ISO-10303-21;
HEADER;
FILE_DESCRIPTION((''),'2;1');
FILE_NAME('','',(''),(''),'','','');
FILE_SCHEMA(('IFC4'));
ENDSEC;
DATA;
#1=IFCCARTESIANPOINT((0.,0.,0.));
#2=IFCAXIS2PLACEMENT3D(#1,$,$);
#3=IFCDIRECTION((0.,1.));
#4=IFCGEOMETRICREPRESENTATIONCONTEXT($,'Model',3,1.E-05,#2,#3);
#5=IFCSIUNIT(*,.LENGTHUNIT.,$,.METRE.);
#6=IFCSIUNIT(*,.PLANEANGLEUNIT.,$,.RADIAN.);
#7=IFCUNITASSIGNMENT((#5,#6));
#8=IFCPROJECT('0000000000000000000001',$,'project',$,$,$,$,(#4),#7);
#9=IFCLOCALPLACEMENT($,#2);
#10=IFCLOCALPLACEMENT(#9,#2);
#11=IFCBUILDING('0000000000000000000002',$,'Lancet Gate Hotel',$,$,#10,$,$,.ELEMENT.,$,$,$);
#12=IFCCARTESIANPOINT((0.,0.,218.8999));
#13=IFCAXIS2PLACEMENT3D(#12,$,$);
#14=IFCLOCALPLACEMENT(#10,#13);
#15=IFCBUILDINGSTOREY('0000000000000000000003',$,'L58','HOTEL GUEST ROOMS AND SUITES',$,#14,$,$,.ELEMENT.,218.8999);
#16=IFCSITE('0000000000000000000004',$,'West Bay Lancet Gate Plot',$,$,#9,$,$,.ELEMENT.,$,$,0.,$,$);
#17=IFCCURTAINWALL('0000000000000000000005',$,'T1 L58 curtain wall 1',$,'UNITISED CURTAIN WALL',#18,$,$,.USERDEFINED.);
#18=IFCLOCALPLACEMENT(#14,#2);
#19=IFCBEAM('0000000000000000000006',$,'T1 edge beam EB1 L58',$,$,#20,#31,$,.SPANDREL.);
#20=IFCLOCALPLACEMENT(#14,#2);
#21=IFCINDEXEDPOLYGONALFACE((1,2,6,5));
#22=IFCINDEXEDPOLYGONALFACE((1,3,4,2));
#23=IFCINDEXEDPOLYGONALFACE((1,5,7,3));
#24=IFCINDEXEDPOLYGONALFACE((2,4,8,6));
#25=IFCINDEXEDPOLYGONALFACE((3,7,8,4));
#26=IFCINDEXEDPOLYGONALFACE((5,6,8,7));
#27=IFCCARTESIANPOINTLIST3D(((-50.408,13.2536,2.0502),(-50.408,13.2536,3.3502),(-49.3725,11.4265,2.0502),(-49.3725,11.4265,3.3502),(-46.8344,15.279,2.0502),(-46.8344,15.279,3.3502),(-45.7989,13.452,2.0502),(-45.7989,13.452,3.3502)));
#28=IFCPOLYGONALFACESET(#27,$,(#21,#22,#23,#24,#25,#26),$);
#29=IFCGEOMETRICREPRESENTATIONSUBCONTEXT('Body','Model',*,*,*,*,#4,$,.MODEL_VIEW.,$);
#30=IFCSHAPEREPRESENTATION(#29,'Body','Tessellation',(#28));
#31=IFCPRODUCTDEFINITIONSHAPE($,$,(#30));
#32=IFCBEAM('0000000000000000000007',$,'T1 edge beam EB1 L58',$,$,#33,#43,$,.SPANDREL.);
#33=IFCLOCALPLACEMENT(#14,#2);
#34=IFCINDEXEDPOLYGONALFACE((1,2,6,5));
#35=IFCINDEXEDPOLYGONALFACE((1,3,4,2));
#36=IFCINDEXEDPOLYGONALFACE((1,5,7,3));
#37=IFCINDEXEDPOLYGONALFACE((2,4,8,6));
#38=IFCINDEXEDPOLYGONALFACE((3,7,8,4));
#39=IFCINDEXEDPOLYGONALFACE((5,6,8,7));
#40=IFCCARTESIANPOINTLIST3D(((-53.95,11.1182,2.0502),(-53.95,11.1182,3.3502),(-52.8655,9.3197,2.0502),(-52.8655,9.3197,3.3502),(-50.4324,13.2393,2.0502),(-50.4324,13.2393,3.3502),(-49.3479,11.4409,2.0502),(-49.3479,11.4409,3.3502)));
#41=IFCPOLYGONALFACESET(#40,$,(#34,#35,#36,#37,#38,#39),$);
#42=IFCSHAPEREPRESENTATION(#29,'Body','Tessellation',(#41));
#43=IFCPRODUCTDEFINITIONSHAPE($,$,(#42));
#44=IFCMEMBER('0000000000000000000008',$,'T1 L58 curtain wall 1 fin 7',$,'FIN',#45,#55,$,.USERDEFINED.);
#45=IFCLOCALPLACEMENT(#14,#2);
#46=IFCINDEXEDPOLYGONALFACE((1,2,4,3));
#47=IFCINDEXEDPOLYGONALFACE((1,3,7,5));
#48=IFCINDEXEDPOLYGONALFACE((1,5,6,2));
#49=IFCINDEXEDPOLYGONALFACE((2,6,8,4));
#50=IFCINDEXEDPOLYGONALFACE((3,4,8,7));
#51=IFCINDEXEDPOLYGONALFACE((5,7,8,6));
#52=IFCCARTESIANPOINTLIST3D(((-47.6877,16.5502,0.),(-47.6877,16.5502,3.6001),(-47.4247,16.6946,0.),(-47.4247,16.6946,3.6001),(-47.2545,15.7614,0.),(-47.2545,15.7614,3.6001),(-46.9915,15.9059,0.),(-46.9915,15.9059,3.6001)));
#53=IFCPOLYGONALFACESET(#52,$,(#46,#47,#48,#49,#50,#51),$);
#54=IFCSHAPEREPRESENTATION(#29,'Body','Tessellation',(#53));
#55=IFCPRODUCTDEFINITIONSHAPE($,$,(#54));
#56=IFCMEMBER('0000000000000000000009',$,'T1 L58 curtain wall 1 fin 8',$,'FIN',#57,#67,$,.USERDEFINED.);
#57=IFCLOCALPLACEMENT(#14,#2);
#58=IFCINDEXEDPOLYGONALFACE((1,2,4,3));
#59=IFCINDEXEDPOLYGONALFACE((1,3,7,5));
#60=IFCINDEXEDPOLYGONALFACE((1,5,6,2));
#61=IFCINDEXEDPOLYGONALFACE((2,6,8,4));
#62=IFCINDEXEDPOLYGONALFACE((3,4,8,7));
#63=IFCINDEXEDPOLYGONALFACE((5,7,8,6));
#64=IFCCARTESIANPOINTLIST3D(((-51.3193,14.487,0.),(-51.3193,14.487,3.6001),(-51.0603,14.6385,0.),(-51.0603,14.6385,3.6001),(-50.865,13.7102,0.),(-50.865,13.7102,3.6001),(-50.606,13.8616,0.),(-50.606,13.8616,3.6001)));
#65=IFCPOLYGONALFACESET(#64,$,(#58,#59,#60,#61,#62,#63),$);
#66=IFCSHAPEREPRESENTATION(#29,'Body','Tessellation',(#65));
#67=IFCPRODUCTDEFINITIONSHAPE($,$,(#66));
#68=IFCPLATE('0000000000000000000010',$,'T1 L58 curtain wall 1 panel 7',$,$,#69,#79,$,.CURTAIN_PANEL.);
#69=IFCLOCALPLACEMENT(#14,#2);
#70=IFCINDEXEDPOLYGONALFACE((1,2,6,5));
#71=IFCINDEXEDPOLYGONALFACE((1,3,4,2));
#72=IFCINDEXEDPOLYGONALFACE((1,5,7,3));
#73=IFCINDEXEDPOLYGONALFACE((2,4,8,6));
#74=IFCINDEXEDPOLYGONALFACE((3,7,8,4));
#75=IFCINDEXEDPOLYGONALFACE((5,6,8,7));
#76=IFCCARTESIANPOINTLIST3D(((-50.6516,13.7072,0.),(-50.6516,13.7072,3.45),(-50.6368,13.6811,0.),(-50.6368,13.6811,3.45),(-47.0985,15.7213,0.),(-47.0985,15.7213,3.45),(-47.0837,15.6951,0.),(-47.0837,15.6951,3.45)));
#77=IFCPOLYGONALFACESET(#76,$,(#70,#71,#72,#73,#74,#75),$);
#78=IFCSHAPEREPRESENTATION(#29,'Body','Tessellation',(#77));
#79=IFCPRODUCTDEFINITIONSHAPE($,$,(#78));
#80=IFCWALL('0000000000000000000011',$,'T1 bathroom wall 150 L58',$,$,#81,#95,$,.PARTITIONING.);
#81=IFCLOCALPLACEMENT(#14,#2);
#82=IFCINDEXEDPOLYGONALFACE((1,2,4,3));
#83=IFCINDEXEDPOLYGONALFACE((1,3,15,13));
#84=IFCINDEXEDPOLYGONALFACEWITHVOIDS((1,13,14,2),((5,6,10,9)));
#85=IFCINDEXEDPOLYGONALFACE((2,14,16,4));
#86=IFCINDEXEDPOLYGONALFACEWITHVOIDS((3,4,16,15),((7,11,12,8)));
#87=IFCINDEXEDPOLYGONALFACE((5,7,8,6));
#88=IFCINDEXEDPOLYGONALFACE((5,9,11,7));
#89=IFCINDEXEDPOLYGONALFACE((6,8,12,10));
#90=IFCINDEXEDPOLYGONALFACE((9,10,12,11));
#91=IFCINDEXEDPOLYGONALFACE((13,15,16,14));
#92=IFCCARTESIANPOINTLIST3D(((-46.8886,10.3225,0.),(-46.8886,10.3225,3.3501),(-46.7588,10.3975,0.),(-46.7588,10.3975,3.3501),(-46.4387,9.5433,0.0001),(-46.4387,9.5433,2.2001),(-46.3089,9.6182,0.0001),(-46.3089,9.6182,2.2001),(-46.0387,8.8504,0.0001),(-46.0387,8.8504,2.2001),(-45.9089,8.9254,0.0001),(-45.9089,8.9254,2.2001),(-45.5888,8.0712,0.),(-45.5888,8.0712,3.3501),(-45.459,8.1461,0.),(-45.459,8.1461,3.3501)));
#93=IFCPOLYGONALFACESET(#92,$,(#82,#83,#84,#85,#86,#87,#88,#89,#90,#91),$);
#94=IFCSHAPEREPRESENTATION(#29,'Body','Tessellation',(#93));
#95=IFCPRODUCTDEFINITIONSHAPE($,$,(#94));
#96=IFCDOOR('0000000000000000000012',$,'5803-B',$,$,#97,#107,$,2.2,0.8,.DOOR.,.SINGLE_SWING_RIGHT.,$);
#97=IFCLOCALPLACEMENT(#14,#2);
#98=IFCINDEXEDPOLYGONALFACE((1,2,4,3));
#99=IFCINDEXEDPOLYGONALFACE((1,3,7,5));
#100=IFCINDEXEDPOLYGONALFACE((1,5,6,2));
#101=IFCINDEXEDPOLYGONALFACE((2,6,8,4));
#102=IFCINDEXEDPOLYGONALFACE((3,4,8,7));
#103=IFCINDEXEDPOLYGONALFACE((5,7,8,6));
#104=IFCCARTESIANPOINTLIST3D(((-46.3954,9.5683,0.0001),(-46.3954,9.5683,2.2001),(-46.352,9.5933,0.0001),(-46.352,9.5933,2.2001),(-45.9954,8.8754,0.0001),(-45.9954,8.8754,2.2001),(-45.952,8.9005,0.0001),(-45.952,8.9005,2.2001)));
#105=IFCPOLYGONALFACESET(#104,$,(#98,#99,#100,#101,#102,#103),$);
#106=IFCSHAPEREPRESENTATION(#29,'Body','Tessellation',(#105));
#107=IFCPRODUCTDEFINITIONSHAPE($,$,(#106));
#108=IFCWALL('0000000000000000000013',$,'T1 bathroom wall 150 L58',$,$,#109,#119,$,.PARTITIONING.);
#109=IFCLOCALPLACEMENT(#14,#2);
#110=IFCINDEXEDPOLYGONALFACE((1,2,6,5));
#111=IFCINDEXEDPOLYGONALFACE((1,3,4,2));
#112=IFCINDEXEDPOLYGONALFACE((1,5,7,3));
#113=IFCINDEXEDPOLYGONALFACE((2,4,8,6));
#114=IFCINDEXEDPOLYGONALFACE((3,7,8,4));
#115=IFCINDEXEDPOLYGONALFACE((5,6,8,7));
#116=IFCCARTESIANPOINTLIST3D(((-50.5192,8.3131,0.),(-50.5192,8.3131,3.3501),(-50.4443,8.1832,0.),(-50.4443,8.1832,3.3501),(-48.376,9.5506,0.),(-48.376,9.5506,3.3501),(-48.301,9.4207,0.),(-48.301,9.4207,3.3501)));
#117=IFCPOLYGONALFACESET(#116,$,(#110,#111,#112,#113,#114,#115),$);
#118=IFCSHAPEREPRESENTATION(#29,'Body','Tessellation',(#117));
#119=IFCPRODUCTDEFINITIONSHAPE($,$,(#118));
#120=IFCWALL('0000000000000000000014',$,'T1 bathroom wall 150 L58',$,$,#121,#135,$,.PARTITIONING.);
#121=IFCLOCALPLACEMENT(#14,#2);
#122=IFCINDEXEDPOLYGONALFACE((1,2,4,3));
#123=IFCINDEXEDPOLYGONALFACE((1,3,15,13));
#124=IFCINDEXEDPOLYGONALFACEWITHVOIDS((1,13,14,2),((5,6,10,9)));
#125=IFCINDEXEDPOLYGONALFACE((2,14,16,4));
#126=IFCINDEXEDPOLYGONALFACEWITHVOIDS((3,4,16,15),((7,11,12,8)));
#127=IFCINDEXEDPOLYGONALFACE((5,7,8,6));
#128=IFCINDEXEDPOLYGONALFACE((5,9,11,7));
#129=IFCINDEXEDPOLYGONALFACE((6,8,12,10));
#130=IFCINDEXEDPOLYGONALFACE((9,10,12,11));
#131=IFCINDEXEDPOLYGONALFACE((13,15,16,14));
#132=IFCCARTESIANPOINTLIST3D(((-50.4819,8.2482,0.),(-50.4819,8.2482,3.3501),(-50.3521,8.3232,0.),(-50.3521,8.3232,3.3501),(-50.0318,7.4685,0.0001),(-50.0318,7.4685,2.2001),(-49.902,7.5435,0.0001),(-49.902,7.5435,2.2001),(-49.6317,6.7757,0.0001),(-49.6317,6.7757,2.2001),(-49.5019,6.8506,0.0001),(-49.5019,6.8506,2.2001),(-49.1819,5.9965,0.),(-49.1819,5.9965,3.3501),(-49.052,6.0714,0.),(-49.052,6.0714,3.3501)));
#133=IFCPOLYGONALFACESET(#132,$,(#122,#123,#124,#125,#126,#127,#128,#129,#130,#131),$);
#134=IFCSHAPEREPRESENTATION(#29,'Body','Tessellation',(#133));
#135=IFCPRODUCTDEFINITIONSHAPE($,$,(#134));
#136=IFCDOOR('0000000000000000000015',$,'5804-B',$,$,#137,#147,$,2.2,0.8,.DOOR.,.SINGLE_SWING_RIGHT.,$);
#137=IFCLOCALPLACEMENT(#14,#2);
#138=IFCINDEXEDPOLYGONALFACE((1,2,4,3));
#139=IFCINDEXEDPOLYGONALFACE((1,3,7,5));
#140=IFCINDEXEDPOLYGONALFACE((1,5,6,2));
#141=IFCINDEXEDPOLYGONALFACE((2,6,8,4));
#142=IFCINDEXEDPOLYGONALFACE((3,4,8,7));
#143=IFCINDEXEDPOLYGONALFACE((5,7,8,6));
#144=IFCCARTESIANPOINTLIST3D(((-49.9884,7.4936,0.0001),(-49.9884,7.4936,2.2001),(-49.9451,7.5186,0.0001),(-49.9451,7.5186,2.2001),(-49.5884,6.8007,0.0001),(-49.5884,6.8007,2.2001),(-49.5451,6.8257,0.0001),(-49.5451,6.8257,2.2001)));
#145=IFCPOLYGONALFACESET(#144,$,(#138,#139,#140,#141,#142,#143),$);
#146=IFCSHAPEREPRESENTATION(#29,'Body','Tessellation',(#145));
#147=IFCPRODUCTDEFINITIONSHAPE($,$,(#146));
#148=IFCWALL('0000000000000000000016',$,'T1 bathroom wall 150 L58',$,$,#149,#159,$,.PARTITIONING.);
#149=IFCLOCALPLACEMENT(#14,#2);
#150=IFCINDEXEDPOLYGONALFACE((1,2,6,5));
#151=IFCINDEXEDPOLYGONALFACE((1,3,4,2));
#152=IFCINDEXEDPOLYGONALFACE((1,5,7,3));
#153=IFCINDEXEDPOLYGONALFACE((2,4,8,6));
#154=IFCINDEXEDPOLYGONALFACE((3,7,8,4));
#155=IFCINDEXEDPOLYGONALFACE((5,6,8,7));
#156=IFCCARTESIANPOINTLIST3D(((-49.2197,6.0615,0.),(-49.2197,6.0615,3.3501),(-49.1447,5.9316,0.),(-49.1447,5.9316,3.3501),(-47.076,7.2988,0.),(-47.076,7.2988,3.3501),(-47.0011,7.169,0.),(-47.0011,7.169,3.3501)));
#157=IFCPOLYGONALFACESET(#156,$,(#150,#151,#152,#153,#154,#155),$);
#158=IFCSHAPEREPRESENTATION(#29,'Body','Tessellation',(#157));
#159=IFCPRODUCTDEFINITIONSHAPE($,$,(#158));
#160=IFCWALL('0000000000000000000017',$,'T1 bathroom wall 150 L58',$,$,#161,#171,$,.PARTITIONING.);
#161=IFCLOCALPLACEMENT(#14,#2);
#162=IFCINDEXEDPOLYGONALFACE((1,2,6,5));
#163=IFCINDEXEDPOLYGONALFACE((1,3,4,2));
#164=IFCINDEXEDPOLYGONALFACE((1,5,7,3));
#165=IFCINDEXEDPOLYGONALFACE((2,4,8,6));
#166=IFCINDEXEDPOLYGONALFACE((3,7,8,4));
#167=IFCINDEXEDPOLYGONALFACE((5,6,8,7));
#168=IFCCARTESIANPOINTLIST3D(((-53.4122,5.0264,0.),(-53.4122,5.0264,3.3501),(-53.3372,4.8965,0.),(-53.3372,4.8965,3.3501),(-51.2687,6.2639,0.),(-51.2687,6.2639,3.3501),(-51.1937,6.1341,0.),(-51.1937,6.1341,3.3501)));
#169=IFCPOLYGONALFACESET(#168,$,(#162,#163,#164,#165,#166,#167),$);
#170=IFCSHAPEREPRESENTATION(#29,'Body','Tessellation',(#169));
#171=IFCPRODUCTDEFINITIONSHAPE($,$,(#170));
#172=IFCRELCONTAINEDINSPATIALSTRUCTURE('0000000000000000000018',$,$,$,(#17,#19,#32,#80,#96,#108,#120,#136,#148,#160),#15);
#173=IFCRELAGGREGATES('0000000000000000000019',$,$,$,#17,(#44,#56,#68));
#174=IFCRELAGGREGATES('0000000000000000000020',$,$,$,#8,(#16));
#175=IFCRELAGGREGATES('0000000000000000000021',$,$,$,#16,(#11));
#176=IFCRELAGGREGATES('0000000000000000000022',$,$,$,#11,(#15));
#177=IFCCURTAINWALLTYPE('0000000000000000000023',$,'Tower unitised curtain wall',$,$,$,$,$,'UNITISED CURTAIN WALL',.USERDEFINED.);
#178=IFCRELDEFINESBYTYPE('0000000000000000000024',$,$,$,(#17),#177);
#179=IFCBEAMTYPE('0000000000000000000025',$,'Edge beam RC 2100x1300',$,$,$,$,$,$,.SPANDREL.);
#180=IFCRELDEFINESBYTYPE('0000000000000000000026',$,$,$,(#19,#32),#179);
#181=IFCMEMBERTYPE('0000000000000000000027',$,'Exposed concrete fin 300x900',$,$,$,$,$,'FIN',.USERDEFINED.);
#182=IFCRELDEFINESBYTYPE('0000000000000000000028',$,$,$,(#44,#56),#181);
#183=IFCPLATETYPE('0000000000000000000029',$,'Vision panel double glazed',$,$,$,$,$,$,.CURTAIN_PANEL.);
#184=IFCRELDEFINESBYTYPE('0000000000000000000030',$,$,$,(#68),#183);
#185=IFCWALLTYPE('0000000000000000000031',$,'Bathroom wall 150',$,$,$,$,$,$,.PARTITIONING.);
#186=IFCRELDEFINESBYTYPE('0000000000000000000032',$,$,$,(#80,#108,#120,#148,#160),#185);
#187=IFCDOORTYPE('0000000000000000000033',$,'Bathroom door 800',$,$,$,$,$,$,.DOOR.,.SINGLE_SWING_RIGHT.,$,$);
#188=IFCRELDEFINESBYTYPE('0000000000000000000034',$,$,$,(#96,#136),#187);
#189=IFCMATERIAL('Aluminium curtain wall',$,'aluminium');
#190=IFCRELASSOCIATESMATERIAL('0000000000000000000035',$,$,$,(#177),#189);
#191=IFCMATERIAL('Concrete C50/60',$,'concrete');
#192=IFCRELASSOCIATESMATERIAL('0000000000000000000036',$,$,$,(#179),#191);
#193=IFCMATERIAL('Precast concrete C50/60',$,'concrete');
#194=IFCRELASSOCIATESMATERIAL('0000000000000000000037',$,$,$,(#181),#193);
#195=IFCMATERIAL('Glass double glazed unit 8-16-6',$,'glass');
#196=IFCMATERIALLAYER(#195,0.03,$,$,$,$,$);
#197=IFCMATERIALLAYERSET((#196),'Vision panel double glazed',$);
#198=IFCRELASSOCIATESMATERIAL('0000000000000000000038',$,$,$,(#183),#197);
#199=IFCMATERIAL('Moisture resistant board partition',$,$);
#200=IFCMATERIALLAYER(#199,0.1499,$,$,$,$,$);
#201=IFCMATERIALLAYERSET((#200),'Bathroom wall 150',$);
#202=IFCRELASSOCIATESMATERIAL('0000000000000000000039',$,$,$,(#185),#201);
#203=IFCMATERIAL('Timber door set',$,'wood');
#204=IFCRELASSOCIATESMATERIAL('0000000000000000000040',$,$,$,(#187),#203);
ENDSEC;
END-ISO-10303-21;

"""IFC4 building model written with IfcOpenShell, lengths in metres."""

from ifc_helpers import new_model, si_unit, direction, frame, frame_2d, origin, origin_2d, place, context, subcontext, project, spatial, rectangle, extrude, material, layer, layer_set, material_profile, profile_set, type_object, element, fill, aggregate, save


model = new_model("IFC4")

# Units and contexts
model_context = context("Model", 3, precision=1e-05, world=origin(), true_north=direction((0.0, 1.0)))
body_context = subcontext(model_context, "Body", "Model", "MODEL_VIEW")
ifc_project = project(units=[si_unit("LENGTHUNIT", "METRE"), si_unit("PLANEANGLEUNIT", "RADIAN")], contexts=[model_context])

# Site, building, storey
site_placement = place(None, origin())
site = spatial("IfcSite", under=ifc_project, at=site_placement, Name="West Bay Lancet Gate Plot", CompositionType="ELEMENT", RefElevation=0.0)
building_placement = place(site_placement, origin())
building = spatial("IfcBuilding", under=site, at=building_placement, Name="Lancet Gate Hotel", CompositionType="ELEMENT")
storey_placement = place(building_placement, frame((0.0, 0.0, 218.8999)))
storey = spatial("IfcBuildingStorey", under=building, at=storey_placement, Name="L58", Description="HOTEL GUEST ROOMS AND SUITES", CompositionType="ELEMENT", Elevation=218.8999)

# Curtain wall
ifc_material_1 = material(Name="Aluminium curtain wall", Category="aluminium")
curtain_wall_type = type_object("IfcCurtainWallType", Name="Tower unitised curtain wall", ElementType="UNITISED CURTAIN WALL", PredefinedType="USERDEFINED", material=ifc_material_1)
curtain_wall_placement = place(storey_placement, origin())
curtain_wall = element("IfcCurtainWall", 1, at=curtain_wall_placement, inside=storey, type_object=curtain_wall_type, Name="T1 L58 curtain wall 1", ObjectType="UNITISED CURTAIN WALL", PredefinedType="USERDEFINED")

# Beams
ifc_material_2 = material(Name="Concrete C50/60", Category="concrete")
ifc_material_profile_1 = material_profile(ifc_material_2, rectangle(XDim=2.1001, YDim=1.3, at=origin_2d()), Name="RC 2100x1300")
ifc_profile_set_1 = profile_set([ifc_material_profile_1], Name="Concrete C50/60")
beam_type = type_object("IfcBeamType", Name="Edge beam RC 2100x1300", PredefinedType="SPANDREL", material=ifc_profile_set_1)
for number, where, z_axis, x_axis, name in (
    (2, (-46.3167, 14.3655, 2.7002), (-0.869979, -0.493089, 0.0), (0.493089, -0.869979, 0.0), "T1 edge beam EB1 L58"),
    (3, (-49.8901, 12.3401, 2.7002), (-0.856358, -0.516382, 0.0), (0.516382, -0.856358, 0.0), "T1 edge beam EB1 L58"),
):
    element("IfcBeam", number, at=place(storey_placement, frame(where, z_axis=z_axis, x_axis=x_axis)), inside=storey, type_object=beam_type, Name=name, PredefinedType="SPANDREL", context=body_context, shape_type="SweptSolid", body=[
        extrude(rectangle(XDim=2.1001, YDim=1.3, at=origin_2d()), origin(), (0.0, 0.0, 1.0), 4.1077),
    ])

# Members
ifc_material_3 = material(Name="Precast concrete C50/60", Category="concrete")
ifc_material_profile_2 = material_profile(ifc_material_3, rectangle(XDim=0.3, YDim=0.8999, at=origin_2d()), Name="FIN 300x900")
ifc_profile_set_2 = profile_set([ifc_material_profile_2], Name="Precast concrete C50/60")
member_type_1 = type_object("IfcMemberType", Name="Exposed concrete fin 300x900", ElementType="FIN", PredefinedType="USERDEFINED", material=ifc_profile_set_2)
member_1_placement = place(storey_placement, frame((-47.3396, 16.228, 0.0), z_axis=(0.0, 0.0, 1.0), x_axis=(-0.876516, -0.481372, 0.0)))
member_1 = element("IfcMember", 4, at=member_1_placement, type_object=member_type_1, Name="T1 L58 curtain wall 1 fin 7", ObjectType="FIN", PredefinedType="USERDEFINED", context=body_context, shape_type="SweptSolid", body=[
    extrude(rectangle(XDim=0.3, YDim=0.8999, at=origin_2d()), origin(), (0.0, 0.0, 1.0), 3.6001),
])
member_2_placement = place(storey_placement, frame((-50.9626, 14.1743, 0.0), z_axis=(0.0, 0.0, 1.0), x_axis=(-0.863242, -0.50479, 0.0)))
member_2 = element("IfcMember", 5, at=member_2_placement, type_object=member_type_1, Name="T1 L58 curtain wall 1 fin 8", ObjectType="FIN", PredefinedType="USERDEFINED", context=body_context, shape_type="SweptSolid", body=[
    extrude(rectangle(XDim=0.3, YDim=0.8999, at=origin_2d()), origin(), (0.0, 0.0, 1.0), 3.6001),
])

# Plate
ifc_material_4 = material(Name="Glass double glazed unit 8-16-6", Category="glass")
ifc_layer_1 = layer(ifc_material_4, 0.03)
ifc_layer_set_1 = layer_set([ifc_layer_1], Name="Vision panel double glazed")
plate_type = type_object("IfcPlateType", Name="Vision panel double glazed", PredefinedType="CURTAIN_PANEL", material=ifc_layer_set_1)
plate_placement = place(storey_placement, frame((-48.8677, 14.7012, 0.0), z_axis=(0.0, 0.0, 1.0), x_axis=(-0.869958, -0.493126, 0.0)))
plate = element("IfcPlate", 6, at=plate_placement, type_object=plate_type, Name="T1 L58 curtain wall 1 panel 7", PredefinedType="CURTAIN_PANEL", context=body_context, shape_type="SweptSolid", body=[
    extrude(rectangle(XDim=4.0842, YDim=0.03, at=origin_2d()), origin(), (0.0, 0.0, 1.0), 3.45),
])
aggregate(curtain_wall, [member_1, member_2, plate])

# Wall, opening, door
ifc_material_5 = material(Name="Moisture resistant board partition")
ifc_layer_2 = layer(ifc_material_5, 0.1499)
ifc_layer_set_2 = layer_set([ifc_layer_2], Name="Bathroom wall 150")
wall_type_1 = type_object("IfcWallType", Name="Bathroom wall 150", PredefinedType="PARTITIONING", material=ifc_layer_set_2)
wall_1_placement = place(storey_placement, frame((-45.5239, 8.1086, 0.0), z_axis=(0.0, 0.0, 1.0), x_axis=(-0.499977, 0.866039, 0.0)))
wall_1 = element("IfcWall", 7, at=wall_1_placement, inside=storey, type_object=wall_type_1, Name="T1 bathroom wall 150 L58", PredefinedType="PARTITIONING", context=body_context, shape_type="SweptSolid", body=[
    extrude(rectangle(XDim=2.5996, YDim=0.1499, at=frame_2d((1.2998, 0.0))), origin(), (0.0, 0.0, 1.0), 3.3501),
])
opening_1_placement = place(wall_1_placement, frame((0.8999, 0.0, 0.0)))
opening_1 = element("IfcOpeningElement", 8, at=opening_1_placement, cuts=wall_1, PredefinedType="OPENING", context=body_context, shape_type="SweptSolid", body=[
    extrude(rectangle(XDim=0.8, YDim=2.2, at=frame_2d((0.3999, 1.1001))), frame((0.0, 0.085, 0.0), z_axis=(0.0, -1.0, 0.0), x_axis=(1.0, 0.0, 0.0)), (0.0, 0.0, 1.0), 0.1699),
])
ifc_material_6 = material(Name="Timber door set", Category="wood")
door_type = type_object("IfcDoorType", Name="Bathroom door 800", OperationType="SINGLE_SWING_RIGHT", PredefinedType="DOOR", material=ifc_material_6)
door_1_placement = place(opening_1_placement, origin())
door_1 = element("IfcDoor", 9, at=door_1_placement, inside=storey, type_object=door_type, Name="5803-B", OperationType="SINGLE_SWING_RIGHT", OverallHeight=2.2, OverallWidth=0.8, PredefinedType="DOOR", context=body_context, shape_type="SweptSolid", body=[
    extrude(rectangle(XDim=0.8, YDim=2.2, at=frame_2d((0.3999, 1.1001))), frame((0.0, 0.0249, 0.0), z_axis=(0.0, -1.0, 0.0), x_axis=(1.0, 0.0, 0.0)), (0.0, 0.0, 1.0), 0.05),
])
fill(opening_1, door_1)

# Wall
wall_2_placement = place(storey_placement, frame((-48.3386, 9.4856, 0.0), z_axis=(0.0, 0.0, 1.0), x_axis=(-0.866007, -0.500033, 0.0)))
element("IfcWall", 10, at=wall_2_placement, inside=storey, type_object=wall_type_1, Name="T1 bathroom wall 150 L58", PredefinedType="PARTITIONING", context=body_context, shape_type="SweptSolid", body=[
    extrude(rectangle(XDim=2.4749, YDim=0.1499, at=frame_2d((1.2373, 0.0))), origin(), (0.0, 0.0, 1.0), 3.3501),
])

# Wall, opening, door
wall_3_placement = place(storey_placement, frame((-49.1169, 6.0339, 0.0), z_axis=(0.0, 0.0, 1.0), x_axis=(-0.500007, 0.866021, 0.0)))
wall_3 = element("IfcWall", 11, at=wall_3_placement, inside=storey, type_object=wall_type_1, Name="T1 bathroom wall 150 L58", PredefinedType="PARTITIONING", context=body_context, shape_type="SweptSolid", body=[
    extrude(rectangle(XDim=2.6001, YDim=0.1499, at=frame_2d((1.3, 0.0))), origin(), (0.0, 0.0, 1.0), 3.3501),
])
opening_2_placement = place(wall_3_placement, frame((0.8999, 0.0, 0.0)))
opening_2 = element("IfcOpeningElement", 12, at=opening_2_placement, cuts=wall_3, PredefinedType="OPENING", context=body_context, shape_type="SweptSolid", body=[
    extrude(rectangle(XDim=0.8, YDim=2.2, at=frame_2d((0.3999, 1.1001))), frame((0.0, 0.085, 0.0), z_axis=(0.0, -1.0, 0.0), x_axis=(1.0, 0.0, 0.0)), (0.0, 0.0, 1.0), 0.1699),
])
door_2_placement = place(opening_2_placement, origin())
door_2 = element("IfcDoor", 13, at=door_2_placement, inside=storey, type_object=door_type, Name="5804-B", OperationType="SINGLE_SWING_RIGHT", OverallHeight=2.2, OverallWidth=0.8, PredefinedType="DOOR", context=body_context, shape_type="SweptSolid", body=[
    extrude(rectangle(XDim=0.8, YDim=2.2, at=frame_2d((0.3999, 1.1001))), frame((0.0, 0.0249, 0.0), z_axis=(0.0, -1.0, 0.0), x_axis=(1.0, 0.0, 0.0)), (0.0, 0.0, 1.0), 0.05),
])
fill(opening_2, door_2)

# Walls
for number, where, z_axis, x_axis, name in (
    (14, (-47.0386, 7.2339, 0.0), (0.0, 0.0, 1.0), (-0.866074, -0.499916, 0.0), "T1 bathroom wall 150 L58"),
    (15, (-51.2312, 6.199, 0.0), (0.0, 0.0, 1.0), (-0.866031, -0.49999, 0.0), "T1 bathroom wall 150 L58"),
):
    element("IfcWall", number, at=place(storey_placement, frame(where, z_axis=z_axis, x_axis=x_axis)), inside=storey, type_object=wall_type_1, Name=name, PredefinedType="PARTITIONING", context=body_context, shape_type="SweptSolid", body=[
        extrude(rectangle(XDim=2.4751, YDim=0.1499, at=frame_2d((1.2375, 0.0))), origin(), (0.0, 0.0, 1.0), 3.3501),
    ])

save(model, "model.ifc")
